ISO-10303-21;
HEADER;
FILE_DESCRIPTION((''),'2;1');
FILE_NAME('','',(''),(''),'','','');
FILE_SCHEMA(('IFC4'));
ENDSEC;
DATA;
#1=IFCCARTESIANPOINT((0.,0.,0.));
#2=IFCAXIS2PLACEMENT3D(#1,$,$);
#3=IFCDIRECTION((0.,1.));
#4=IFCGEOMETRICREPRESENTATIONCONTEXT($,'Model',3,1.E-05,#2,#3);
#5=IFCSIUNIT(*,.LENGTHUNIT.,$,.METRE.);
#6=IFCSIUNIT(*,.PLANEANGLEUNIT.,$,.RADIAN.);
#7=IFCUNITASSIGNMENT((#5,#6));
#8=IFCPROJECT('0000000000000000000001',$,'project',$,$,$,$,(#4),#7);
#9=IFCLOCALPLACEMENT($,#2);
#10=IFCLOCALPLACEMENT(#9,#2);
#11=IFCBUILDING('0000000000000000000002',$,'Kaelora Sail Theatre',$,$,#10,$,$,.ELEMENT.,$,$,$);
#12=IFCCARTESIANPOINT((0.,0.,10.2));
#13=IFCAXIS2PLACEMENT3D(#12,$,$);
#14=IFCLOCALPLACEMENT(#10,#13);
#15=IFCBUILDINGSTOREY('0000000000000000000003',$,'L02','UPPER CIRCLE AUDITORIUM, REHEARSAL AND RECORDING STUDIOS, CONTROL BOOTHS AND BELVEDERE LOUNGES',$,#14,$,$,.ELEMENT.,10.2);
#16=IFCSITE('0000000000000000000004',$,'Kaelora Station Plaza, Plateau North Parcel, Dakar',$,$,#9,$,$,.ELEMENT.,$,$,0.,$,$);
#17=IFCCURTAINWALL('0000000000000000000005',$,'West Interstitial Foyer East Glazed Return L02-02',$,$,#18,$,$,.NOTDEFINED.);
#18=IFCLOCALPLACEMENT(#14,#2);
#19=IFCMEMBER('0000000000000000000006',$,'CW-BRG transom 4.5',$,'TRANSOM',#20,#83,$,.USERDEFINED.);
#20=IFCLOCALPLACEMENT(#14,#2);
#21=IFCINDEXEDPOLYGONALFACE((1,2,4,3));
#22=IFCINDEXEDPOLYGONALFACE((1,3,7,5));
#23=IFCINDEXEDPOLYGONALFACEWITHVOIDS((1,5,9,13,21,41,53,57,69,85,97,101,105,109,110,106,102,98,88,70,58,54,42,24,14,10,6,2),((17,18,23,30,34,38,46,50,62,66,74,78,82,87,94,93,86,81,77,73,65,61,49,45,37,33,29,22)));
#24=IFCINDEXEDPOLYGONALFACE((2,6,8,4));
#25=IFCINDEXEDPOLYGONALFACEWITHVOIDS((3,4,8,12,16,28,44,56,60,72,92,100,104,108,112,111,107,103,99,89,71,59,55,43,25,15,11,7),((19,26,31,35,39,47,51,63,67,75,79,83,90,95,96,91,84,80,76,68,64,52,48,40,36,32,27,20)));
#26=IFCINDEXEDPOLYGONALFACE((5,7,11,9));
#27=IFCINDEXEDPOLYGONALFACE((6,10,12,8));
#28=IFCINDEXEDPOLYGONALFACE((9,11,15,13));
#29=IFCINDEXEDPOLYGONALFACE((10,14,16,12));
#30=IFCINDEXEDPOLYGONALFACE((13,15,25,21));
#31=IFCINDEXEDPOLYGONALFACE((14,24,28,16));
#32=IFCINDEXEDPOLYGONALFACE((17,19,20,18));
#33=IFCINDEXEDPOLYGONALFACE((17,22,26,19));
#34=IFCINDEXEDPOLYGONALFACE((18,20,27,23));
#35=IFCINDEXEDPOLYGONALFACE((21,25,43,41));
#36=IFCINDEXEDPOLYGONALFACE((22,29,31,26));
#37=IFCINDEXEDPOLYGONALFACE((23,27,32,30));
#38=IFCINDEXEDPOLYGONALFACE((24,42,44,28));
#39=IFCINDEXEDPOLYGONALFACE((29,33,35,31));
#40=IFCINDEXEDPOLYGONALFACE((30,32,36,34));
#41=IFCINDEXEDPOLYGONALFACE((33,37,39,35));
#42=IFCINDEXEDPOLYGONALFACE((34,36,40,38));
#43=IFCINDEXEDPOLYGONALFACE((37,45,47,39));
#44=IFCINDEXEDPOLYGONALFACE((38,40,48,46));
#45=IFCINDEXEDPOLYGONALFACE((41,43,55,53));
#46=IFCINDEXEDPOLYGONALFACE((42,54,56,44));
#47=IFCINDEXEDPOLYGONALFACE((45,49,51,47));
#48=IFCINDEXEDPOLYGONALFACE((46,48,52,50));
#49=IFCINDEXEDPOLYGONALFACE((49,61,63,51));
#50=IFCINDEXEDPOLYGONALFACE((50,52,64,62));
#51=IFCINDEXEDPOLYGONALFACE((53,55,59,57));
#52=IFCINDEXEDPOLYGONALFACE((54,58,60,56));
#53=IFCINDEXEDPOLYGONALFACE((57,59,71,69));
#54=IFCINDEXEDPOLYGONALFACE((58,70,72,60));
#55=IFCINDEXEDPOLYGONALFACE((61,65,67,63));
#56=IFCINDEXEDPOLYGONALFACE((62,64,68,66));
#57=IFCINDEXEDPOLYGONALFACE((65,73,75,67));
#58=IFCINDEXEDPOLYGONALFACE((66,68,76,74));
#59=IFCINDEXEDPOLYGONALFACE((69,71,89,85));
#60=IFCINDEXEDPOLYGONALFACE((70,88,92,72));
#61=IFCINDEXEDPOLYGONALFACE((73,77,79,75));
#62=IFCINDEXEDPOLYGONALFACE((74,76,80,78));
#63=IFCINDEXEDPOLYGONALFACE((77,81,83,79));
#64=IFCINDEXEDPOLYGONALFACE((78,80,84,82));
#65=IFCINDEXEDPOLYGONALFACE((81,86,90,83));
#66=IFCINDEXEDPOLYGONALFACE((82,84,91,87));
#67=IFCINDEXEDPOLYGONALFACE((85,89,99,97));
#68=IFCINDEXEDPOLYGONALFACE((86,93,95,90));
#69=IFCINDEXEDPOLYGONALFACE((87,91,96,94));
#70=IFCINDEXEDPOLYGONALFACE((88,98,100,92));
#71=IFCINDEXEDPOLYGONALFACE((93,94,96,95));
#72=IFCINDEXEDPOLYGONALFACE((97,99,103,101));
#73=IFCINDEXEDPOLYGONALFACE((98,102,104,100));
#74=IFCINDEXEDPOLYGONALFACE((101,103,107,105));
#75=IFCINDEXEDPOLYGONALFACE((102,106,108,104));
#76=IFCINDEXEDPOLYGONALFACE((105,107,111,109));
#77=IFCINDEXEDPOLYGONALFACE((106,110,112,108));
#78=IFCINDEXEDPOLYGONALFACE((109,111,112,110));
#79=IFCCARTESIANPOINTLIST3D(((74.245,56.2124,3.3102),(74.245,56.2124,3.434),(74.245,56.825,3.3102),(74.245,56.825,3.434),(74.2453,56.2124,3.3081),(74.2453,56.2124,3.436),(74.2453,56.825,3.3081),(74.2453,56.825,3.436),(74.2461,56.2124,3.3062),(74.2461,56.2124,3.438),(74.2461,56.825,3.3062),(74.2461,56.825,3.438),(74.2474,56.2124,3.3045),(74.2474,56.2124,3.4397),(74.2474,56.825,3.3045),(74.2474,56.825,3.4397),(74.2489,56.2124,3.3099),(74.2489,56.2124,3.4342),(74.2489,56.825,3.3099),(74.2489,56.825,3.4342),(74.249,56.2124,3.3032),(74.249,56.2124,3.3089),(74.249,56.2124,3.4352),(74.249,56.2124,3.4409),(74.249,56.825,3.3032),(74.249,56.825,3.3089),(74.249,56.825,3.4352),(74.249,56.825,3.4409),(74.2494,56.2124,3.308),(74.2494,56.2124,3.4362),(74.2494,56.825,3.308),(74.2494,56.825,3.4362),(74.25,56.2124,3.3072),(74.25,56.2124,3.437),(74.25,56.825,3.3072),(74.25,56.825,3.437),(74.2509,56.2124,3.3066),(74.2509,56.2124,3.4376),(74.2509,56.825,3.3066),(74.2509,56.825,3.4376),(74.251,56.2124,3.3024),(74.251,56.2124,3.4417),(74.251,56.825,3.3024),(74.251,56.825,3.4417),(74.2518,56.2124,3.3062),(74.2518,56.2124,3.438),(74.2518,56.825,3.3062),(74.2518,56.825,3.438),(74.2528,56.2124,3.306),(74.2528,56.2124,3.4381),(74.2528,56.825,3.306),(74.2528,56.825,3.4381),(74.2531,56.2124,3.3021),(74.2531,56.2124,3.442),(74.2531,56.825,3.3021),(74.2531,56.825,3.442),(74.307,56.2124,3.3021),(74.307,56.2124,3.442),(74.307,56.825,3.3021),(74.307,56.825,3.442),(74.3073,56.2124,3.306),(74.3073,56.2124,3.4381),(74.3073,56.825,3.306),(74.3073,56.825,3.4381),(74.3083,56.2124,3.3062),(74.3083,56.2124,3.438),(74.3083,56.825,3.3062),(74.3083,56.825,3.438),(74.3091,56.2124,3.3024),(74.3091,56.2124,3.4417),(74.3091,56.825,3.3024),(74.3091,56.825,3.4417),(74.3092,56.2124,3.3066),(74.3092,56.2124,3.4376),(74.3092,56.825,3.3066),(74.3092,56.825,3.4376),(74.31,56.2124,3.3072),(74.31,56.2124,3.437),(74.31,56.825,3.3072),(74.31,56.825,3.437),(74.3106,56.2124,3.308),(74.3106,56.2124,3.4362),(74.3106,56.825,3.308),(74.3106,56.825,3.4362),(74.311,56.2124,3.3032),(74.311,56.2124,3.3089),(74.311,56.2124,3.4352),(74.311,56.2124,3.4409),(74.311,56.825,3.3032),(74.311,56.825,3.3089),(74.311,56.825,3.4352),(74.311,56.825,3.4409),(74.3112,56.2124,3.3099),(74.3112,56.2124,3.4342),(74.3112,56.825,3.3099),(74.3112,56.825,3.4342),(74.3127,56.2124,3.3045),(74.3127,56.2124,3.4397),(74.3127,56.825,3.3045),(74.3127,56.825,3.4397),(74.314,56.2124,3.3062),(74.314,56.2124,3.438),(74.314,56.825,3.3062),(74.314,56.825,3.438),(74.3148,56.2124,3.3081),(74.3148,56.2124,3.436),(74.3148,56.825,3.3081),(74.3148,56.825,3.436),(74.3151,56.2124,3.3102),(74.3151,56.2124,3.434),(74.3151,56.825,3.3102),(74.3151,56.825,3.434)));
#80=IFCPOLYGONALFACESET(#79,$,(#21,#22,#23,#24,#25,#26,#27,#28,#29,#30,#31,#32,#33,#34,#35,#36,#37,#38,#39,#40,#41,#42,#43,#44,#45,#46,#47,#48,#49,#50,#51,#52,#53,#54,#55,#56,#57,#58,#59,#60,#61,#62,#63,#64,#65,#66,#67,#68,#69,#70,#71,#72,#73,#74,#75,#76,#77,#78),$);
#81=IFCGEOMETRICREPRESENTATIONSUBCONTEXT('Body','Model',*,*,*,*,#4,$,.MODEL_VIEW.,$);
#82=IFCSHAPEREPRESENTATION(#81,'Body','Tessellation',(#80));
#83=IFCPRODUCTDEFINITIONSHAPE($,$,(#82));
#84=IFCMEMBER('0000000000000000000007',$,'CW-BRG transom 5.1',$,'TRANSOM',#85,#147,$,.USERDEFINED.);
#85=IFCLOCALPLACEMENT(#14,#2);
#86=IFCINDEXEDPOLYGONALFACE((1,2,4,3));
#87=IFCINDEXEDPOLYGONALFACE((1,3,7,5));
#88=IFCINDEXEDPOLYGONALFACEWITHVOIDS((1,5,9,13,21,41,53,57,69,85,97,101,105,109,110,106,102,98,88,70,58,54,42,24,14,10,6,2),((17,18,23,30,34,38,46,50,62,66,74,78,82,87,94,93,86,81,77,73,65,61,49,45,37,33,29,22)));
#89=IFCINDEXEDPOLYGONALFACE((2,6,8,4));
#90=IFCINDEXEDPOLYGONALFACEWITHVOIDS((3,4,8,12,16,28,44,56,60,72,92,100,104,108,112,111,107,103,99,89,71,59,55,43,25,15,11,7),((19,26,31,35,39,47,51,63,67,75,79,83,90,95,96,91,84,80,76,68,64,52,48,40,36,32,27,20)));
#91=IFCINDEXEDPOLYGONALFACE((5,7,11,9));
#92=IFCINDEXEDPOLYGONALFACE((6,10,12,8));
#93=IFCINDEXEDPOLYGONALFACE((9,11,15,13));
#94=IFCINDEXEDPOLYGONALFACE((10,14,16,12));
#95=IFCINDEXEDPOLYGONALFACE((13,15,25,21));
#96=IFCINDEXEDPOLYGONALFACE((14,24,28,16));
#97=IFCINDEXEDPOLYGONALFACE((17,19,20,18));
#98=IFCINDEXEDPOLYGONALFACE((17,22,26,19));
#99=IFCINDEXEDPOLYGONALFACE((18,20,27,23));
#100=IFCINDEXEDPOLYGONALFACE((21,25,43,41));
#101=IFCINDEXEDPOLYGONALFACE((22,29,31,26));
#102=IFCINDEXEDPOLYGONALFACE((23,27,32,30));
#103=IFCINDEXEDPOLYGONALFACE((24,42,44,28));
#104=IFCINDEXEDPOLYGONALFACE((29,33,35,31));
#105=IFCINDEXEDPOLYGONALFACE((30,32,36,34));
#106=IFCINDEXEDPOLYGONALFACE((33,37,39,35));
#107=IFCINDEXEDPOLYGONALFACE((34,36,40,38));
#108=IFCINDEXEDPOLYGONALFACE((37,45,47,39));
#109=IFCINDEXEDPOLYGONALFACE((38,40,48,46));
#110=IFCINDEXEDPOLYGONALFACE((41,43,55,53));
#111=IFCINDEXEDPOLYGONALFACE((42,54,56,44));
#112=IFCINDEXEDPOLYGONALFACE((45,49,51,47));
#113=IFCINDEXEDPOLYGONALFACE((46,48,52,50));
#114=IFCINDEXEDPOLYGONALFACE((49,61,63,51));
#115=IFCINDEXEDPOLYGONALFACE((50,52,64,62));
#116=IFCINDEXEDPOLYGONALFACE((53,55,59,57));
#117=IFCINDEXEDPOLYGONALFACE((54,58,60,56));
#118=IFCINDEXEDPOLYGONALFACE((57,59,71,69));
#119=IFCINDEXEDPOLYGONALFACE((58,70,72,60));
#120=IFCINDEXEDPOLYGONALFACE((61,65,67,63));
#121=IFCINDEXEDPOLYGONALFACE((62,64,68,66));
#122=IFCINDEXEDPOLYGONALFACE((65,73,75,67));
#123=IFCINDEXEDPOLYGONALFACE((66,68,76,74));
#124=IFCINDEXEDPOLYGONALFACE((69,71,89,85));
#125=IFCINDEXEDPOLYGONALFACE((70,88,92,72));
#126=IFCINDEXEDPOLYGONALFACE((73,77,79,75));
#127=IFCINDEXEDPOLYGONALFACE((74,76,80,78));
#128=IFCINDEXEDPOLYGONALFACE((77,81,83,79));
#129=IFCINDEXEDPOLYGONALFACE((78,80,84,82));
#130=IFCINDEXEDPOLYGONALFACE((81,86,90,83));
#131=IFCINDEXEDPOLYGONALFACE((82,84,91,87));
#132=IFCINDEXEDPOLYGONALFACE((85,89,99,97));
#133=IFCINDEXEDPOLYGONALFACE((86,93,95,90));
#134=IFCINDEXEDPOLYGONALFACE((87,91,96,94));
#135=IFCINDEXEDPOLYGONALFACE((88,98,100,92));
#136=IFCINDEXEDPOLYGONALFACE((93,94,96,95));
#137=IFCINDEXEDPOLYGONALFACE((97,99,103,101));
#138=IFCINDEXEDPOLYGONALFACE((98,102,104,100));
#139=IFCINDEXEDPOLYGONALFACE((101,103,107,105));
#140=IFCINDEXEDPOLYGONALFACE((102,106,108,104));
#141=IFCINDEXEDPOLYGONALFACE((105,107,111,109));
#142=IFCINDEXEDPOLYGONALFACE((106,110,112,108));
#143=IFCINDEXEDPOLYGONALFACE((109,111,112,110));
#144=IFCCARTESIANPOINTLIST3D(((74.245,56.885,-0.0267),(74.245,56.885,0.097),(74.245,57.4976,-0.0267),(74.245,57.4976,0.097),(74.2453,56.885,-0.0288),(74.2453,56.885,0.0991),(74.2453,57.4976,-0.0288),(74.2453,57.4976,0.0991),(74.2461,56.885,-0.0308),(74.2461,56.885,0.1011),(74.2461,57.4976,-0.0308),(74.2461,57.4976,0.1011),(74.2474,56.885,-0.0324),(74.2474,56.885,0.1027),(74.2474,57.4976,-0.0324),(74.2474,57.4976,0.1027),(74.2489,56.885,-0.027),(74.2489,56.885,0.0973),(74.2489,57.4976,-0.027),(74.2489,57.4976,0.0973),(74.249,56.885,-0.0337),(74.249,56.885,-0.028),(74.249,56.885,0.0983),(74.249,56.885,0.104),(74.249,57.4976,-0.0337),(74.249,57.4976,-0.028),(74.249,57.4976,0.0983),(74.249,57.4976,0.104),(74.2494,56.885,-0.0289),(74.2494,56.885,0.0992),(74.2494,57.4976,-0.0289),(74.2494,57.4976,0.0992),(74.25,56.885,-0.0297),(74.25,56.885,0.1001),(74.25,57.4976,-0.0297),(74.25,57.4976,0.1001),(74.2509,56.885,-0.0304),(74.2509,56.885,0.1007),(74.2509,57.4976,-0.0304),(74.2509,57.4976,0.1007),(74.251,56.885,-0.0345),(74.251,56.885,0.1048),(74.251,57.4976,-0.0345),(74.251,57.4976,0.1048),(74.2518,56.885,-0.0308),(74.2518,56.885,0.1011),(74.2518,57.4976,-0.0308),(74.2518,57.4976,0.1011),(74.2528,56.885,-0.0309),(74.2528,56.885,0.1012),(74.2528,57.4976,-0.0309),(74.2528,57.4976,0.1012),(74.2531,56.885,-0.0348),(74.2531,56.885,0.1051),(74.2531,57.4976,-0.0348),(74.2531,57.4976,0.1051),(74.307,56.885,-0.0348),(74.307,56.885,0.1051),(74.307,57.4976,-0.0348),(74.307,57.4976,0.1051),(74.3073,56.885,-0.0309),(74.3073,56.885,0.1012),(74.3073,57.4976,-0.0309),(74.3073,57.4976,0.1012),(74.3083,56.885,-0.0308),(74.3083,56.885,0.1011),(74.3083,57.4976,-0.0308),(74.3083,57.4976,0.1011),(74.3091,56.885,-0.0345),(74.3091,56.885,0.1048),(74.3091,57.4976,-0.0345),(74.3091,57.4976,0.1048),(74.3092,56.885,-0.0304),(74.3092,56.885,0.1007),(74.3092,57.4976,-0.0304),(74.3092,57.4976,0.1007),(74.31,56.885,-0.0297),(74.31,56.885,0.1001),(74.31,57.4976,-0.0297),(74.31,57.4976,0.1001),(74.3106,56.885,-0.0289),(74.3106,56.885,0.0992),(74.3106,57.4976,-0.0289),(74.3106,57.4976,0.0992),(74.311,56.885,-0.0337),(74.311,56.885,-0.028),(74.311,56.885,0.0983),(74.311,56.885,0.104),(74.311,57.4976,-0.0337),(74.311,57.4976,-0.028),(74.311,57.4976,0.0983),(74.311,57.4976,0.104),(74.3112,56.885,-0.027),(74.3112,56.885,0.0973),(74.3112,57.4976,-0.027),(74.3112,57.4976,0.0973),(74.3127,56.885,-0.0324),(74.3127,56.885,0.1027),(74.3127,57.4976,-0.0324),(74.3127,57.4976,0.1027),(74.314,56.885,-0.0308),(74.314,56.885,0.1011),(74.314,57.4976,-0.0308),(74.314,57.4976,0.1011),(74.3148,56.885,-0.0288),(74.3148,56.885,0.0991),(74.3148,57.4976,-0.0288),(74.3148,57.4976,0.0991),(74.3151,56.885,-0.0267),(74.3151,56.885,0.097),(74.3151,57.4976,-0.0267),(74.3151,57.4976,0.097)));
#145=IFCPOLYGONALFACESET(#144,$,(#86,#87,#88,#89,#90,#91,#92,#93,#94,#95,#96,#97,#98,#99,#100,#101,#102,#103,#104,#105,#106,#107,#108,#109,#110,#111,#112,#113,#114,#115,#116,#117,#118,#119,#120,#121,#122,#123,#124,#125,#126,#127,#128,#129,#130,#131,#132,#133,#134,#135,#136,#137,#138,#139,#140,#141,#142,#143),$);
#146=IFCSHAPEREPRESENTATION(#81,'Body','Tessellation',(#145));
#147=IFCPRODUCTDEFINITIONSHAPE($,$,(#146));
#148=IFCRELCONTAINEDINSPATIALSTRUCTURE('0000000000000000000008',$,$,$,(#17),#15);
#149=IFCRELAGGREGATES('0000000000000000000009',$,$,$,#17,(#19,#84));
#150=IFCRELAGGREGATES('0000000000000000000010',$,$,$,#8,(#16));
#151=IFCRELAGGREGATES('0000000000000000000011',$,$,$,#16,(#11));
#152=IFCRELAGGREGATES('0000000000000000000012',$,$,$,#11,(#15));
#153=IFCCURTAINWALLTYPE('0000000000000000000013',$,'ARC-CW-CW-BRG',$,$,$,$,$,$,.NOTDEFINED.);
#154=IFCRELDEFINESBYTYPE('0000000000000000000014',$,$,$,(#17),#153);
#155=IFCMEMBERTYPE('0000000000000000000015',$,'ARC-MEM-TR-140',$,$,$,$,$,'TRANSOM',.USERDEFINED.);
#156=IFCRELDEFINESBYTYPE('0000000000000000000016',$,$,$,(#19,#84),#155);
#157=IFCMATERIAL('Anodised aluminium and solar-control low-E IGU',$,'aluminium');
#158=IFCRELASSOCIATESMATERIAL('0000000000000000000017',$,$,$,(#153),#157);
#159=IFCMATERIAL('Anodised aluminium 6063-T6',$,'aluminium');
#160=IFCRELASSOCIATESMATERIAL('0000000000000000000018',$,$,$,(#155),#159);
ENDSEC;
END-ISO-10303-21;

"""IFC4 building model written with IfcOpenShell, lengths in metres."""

from ifc_helpers import new_model, si_unit, direction, frame, origin, origin_2d, place, context, subcontext, project, spatial, hollow_rectangle, extrude, material, material_profile, profile_set, type_object, element, aggregate, save


model = new_model("IFC4")

# Units and contexts
model_context = context("Model", 3, precision=1e-05, world=origin(), true_north=direction((0.0, 1.0)))
body_context = subcontext(model_context, "Body", "Model", "MODEL_VIEW")
ifc_project = project(units=[si_unit("LENGTHUNIT", "METRE"), si_unit("PLANEANGLEUNIT", "RADIAN")], contexts=[model_context])

# Site, building, storey
site_placement = place(None, origin())
site = spatial("IfcSite", under=ifc_project, at=site_placement, Name="Kaelora Station Plaza, Plateau North Parcel, Dakar", CompositionType="ELEMENT", RefElevation=0.0)
building_placement = place(site_placement, origin())
building = spatial("IfcBuilding", under=site, at=building_placement, Name="Kaelora Sail Theatre", CompositionType="ELEMENT")
storey_placement = place(building_placement, frame((0.0, 0.0, 10.2)))
storey = spatial("IfcBuildingStorey", under=building, at=storey_placement, Name="L02", Description="UPPER CIRCLE AUDITORIUM, REHEARSAL AND RECORDING STUDIOS, CONTROL BOOTHS AND BELVEDERE LOUNGES", CompositionType="ELEMENT", Elevation=10.2)

# Curtain wall, members
ifc_material_1 = material(Name="Anodised aluminium and solar-control low-E IGU", Category="aluminium")
curtain_wall_type = type_object("IfcCurtainWallType", Name="ARC-CW-CW-BRG", PredefinedType="NOTDEFINED", material=ifc_material_1)
curtain_wall_placement = place(storey_placement, origin())
curtain_wall = element("IfcCurtainWall", 1, at=curtain_wall_placement, inside=storey, type_object=curtain_wall_type, Name="West Interstitial Foyer East Glazed Return L02-02", PredefinedType="NOTDEFINED")
ifc_material_2 = material(Name="Anodised aluminium 6063-T6", Category="aluminium")
ifc_material_profile_1 = material_profile(ifc_material_2, hollow_rectangle(XDim=0.0701, YDim=0.1399, WallThickness=0.0039, InnerFilletRadius=0.0039, OuterFilletRadius=0.0081, at=origin_2d()), Name="ALU-TRAN 70x140x4")
ifc_profile_set_1 = profile_set([ifc_material_profile_1], Name="Anodised aluminium 6063-T6")
member_type_1 = type_object("IfcMemberType", Name="ARC-MEM-TR-140", ElementType="TRANSOM", PredefinedType="USERDEFINED", material=ifc_profile_set_1)
member_1_placement = place(storey_placement, frame((74.28, 56.2124, 3.3721), z_axis=(0.0, 1.0, 0.0), x_axis=(-1.0, 0.0, 0.0)))
member_1 = element("IfcMember", 2, at=member_1_placement, type_object=member_type_1, Name="CW-BRG transom 4.5", ObjectType="TRANSOM", PredefinedType="USERDEFINED", context=body_context, shape_type="SweptSolid", body=[
    extrude(hollow_rectangle(XDim=0.0701, YDim=0.1399, WallThickness=0.0039, InnerFilletRadius=0.0039, OuterFilletRadius=0.0081, at=origin_2d()), origin(), (0.0, 0.0, 1.0), 0.6125),
])
member_2_placement = place(storey_placement, frame((74.28, 56.885, 0.0352), z_axis=(0.0, 1.0, 0.0), x_axis=(-1.0, 0.0, 0.0)))
member_2 = element("IfcMember", 3, at=member_2_placement, type_object=member_type_1, Name="CW-BRG transom 5.1", ObjectType="TRANSOM", PredefinedType="USERDEFINED", context=body_context, shape_type="SweptSolid", body=[
    extrude(hollow_rectangle(XDim=0.0701, YDim=0.1399, WallThickness=0.0039, InnerFilletRadius=0.0039, OuterFilletRadius=0.0081, at=origin_2d()), origin(), (0.0, 0.0, 1.0), 0.6125),
])

aggregate(curtain_wall, [member_1, member_2])

save(model, "model.ifc")
